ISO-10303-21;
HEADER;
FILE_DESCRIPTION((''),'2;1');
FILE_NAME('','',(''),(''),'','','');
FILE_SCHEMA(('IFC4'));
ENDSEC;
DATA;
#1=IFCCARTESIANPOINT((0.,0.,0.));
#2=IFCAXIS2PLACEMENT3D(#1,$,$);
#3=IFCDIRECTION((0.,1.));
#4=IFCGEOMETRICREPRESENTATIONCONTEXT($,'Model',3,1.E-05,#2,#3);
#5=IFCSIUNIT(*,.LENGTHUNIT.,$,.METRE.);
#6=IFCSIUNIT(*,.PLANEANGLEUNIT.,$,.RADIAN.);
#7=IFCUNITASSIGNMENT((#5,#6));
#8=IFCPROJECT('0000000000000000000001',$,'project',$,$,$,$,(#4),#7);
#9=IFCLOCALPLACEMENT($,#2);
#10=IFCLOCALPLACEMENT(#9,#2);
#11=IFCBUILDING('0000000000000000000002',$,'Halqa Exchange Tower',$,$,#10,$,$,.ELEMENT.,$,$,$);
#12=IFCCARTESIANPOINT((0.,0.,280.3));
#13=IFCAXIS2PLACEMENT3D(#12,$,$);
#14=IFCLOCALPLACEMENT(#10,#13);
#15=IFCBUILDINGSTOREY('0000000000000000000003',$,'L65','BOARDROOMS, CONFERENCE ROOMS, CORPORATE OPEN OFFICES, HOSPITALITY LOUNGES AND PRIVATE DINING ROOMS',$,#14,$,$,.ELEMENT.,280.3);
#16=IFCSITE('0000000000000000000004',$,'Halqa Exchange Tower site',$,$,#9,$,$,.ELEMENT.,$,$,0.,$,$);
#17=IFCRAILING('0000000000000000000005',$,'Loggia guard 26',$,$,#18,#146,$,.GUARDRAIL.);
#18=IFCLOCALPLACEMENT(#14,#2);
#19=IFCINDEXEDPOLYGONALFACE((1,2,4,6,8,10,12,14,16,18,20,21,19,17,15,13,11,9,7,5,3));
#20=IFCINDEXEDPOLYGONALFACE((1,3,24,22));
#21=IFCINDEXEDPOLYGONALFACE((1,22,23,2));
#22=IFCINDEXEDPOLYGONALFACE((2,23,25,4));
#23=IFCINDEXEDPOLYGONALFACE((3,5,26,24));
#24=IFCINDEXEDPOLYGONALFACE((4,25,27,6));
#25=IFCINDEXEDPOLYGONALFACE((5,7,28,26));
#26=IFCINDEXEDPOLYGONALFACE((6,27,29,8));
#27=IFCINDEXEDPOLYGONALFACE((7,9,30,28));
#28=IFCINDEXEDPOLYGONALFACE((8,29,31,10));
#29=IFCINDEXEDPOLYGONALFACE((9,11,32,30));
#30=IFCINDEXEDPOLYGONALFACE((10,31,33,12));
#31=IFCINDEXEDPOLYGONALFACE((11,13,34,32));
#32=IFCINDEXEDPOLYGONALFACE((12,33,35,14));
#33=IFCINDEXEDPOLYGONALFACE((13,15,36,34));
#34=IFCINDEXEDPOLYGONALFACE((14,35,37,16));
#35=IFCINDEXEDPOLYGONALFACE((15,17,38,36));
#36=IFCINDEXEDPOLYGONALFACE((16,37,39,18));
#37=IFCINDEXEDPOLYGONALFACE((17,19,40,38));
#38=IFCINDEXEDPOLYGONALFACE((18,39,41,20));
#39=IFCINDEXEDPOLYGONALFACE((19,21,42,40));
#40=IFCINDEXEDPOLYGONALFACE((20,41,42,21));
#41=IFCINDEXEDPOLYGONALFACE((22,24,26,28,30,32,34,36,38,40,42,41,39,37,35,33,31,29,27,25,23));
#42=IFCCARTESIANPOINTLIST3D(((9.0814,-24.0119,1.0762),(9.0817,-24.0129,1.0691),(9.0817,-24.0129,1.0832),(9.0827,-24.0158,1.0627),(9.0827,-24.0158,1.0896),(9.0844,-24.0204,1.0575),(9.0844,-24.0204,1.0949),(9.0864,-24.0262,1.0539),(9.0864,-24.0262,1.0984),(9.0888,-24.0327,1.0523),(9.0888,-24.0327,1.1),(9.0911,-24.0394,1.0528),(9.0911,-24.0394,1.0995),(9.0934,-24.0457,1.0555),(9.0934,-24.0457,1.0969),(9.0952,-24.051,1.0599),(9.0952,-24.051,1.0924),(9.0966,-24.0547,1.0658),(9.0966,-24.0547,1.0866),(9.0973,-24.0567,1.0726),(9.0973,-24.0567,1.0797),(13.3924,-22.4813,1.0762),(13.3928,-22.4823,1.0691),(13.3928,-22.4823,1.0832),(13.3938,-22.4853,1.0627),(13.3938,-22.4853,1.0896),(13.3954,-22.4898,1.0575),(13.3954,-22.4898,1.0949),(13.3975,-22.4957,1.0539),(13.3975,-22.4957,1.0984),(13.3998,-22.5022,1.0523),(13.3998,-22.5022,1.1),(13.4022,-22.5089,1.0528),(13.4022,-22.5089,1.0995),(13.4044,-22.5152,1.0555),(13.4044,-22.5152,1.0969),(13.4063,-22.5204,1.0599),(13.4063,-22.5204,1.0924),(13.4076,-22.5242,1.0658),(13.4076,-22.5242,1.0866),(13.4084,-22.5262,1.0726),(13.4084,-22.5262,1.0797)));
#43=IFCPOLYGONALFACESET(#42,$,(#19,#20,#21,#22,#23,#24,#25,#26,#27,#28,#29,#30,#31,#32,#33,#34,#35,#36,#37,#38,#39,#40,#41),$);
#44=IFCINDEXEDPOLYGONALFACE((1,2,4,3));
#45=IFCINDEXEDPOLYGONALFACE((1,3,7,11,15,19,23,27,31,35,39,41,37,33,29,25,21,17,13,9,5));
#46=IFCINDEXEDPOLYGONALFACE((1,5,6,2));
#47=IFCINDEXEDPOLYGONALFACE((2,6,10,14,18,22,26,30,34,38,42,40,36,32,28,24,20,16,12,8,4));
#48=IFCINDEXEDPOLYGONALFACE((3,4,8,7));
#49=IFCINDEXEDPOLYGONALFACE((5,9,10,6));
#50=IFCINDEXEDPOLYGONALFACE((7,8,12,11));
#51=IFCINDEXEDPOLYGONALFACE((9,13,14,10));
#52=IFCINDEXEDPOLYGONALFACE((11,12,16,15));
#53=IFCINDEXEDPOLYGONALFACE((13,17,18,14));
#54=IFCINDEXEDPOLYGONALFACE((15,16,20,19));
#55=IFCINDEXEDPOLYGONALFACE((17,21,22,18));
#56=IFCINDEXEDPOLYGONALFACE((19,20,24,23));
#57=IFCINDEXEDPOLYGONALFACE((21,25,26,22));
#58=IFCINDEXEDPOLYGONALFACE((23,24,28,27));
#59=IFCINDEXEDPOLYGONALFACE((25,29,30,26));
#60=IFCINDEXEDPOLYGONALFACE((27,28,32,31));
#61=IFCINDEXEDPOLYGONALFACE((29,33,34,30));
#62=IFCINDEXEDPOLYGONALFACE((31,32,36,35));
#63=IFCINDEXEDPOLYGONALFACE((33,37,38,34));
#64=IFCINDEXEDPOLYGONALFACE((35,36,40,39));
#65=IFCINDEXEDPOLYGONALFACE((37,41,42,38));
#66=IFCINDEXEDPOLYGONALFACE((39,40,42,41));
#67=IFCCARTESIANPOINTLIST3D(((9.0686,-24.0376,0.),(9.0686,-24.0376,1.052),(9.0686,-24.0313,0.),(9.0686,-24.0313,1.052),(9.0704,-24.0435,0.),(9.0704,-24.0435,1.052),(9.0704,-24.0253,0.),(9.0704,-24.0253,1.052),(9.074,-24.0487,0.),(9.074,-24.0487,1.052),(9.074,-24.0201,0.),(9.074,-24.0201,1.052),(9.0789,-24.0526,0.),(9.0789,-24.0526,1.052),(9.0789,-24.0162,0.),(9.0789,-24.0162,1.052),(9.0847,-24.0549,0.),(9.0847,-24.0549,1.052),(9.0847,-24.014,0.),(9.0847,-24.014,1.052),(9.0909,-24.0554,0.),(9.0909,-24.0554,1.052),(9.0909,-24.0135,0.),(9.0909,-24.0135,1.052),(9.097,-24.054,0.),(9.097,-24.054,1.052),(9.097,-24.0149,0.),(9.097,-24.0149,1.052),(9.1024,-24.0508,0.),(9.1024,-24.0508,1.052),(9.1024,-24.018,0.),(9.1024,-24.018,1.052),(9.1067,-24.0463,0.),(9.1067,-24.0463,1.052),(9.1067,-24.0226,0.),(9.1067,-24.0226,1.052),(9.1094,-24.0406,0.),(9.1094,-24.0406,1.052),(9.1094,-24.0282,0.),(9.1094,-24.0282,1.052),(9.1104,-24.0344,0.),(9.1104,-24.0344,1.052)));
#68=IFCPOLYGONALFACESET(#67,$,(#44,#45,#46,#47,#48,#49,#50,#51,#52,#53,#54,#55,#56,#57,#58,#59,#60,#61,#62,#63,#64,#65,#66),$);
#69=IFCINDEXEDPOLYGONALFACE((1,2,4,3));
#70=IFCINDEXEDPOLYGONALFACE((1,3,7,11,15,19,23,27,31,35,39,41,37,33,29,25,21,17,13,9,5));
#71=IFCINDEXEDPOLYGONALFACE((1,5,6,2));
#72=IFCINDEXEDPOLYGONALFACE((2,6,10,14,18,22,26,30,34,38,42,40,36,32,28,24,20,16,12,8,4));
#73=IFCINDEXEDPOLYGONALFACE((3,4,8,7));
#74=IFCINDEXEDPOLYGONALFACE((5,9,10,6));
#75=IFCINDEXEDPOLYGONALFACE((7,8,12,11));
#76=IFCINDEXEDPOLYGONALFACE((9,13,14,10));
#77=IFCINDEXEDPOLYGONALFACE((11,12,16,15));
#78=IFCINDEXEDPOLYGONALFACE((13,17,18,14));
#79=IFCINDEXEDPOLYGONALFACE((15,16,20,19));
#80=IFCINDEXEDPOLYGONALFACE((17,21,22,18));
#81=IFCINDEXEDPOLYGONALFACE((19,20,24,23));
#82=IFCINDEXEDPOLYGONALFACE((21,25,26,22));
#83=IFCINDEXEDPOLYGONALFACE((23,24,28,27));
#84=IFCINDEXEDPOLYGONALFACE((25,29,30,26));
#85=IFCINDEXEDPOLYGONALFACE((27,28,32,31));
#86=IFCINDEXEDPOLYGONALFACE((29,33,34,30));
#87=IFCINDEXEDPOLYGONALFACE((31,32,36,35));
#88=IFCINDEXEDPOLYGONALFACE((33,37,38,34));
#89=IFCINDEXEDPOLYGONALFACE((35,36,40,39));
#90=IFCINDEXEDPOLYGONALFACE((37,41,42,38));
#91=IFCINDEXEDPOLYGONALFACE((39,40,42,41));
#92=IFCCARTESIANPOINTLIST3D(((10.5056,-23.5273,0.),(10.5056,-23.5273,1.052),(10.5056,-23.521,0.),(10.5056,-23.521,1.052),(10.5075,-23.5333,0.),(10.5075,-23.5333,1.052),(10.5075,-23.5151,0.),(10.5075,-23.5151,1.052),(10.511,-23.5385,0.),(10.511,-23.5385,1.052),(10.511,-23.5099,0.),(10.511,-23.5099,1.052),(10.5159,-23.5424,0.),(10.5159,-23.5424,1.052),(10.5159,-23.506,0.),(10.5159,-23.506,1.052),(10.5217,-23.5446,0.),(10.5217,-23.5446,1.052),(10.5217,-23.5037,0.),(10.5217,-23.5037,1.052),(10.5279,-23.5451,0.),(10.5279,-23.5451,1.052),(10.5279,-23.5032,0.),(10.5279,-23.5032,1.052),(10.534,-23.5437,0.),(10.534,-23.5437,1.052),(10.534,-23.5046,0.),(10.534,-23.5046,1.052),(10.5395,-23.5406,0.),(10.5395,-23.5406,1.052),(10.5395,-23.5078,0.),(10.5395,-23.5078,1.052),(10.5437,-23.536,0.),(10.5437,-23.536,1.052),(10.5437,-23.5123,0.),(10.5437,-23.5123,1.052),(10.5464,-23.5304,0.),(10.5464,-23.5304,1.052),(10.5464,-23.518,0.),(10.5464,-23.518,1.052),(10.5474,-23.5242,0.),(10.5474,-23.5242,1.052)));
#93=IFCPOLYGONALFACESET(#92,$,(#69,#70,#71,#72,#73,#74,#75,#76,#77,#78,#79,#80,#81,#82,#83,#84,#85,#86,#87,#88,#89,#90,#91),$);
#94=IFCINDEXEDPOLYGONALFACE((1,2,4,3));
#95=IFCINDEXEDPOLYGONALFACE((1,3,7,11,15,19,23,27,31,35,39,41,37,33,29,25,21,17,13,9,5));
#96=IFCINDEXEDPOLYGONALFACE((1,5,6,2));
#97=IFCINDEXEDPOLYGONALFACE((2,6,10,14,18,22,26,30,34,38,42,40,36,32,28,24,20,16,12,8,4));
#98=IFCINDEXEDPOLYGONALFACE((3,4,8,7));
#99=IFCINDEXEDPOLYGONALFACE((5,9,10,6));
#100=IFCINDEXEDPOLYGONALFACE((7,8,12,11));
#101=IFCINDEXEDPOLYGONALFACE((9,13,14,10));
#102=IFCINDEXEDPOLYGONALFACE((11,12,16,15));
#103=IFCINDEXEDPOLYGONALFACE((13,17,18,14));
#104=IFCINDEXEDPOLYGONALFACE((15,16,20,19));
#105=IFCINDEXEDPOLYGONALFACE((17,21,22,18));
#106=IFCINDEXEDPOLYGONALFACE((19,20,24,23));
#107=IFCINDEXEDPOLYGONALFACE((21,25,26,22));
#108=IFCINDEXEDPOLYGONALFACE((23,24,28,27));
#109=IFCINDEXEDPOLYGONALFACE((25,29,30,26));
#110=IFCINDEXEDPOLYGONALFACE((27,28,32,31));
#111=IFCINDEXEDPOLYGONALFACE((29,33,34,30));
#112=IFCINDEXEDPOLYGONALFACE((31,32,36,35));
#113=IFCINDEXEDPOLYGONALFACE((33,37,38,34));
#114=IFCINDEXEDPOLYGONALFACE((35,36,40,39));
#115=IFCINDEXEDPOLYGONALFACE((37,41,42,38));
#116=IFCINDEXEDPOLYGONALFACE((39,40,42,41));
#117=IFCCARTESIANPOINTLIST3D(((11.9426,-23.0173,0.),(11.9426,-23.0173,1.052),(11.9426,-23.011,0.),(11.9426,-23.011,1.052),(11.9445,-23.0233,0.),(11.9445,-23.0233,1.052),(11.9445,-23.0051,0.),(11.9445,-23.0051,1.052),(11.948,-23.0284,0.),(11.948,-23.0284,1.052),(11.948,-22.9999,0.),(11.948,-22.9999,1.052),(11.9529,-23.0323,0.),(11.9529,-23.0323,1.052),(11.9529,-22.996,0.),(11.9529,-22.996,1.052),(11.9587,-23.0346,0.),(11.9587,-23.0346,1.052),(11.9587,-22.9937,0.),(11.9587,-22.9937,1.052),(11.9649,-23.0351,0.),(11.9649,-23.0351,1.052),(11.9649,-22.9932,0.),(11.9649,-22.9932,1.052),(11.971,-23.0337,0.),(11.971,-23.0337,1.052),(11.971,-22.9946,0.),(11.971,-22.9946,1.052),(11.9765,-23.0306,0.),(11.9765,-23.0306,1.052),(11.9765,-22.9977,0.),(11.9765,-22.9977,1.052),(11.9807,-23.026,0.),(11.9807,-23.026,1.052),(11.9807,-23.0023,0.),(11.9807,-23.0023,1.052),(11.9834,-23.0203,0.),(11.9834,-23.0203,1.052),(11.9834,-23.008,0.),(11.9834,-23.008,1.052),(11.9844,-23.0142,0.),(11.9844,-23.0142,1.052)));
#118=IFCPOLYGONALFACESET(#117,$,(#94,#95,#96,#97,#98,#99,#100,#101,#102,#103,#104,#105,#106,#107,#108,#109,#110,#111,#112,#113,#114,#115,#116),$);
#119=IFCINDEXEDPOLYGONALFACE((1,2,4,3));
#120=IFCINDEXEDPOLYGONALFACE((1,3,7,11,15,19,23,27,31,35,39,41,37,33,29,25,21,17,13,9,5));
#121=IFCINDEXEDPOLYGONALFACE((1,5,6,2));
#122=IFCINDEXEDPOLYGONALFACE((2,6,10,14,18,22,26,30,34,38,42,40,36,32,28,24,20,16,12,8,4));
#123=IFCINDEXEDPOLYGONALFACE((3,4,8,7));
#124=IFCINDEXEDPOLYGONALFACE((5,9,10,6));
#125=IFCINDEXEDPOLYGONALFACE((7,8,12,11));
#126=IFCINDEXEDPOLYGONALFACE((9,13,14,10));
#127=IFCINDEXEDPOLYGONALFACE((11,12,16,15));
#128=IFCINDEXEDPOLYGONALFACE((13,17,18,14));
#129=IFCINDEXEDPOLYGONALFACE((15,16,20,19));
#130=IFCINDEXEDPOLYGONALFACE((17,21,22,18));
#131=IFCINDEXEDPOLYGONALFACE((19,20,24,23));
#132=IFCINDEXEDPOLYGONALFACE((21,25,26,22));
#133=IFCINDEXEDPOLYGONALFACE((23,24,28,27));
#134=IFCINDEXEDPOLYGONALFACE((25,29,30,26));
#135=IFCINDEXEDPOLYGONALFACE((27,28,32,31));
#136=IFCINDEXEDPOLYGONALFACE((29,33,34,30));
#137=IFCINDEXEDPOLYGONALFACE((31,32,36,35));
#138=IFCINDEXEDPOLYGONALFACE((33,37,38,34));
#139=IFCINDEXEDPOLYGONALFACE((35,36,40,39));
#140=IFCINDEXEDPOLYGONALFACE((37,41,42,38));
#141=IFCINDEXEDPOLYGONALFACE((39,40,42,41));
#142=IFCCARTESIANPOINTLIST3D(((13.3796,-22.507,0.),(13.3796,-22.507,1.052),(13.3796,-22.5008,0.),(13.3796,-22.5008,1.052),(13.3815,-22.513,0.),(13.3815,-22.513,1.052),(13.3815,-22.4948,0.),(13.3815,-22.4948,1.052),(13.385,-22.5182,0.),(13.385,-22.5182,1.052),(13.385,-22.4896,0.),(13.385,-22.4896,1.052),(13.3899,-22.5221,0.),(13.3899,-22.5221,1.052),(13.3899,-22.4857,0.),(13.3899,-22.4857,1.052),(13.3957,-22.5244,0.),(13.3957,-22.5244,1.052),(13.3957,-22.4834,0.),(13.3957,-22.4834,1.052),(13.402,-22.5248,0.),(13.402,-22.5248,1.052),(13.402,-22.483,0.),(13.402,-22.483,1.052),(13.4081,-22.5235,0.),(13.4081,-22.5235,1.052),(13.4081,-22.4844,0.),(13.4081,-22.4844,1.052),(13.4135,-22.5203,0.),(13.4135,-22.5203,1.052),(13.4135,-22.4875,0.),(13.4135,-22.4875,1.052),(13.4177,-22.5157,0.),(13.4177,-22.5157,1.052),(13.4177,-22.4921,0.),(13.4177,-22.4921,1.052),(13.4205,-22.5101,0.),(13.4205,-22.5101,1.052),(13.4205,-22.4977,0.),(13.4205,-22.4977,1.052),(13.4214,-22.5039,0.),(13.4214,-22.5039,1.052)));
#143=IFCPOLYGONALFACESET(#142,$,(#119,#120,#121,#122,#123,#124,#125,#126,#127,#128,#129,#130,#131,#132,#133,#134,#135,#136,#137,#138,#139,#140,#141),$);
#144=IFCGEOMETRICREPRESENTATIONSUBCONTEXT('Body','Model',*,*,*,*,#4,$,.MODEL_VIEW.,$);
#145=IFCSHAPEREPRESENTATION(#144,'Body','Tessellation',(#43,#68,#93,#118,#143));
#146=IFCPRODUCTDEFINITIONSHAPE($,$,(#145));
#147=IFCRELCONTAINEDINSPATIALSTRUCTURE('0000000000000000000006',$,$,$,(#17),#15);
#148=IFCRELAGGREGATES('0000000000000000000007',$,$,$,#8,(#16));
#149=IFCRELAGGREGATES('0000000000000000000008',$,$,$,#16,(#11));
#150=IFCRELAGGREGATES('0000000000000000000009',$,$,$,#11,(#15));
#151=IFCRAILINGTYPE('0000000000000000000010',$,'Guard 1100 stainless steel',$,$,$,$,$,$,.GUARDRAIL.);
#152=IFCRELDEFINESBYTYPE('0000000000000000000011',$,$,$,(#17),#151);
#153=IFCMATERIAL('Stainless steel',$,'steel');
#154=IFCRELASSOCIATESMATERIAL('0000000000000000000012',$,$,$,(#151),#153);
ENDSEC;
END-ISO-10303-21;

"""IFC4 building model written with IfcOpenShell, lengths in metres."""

from ifc_helpers import new_model, si_unit, direction, frame, origin, origin_2d, place, context, subcontext, project, spatial, circle, extrude, material, type_object, element, save


model = new_model("IFC4")

# Units and contexts
model_context = context("Model", 3, precision=1e-05, world=origin(), true_north=direction((0.0, 1.0)))
body_context = subcontext(model_context, "Body", "Model", "MODEL_VIEW")
ifc_project = project(units=[si_unit("LENGTHUNIT", "METRE"), si_unit("PLANEANGLEUNIT", "RADIAN")], contexts=[model_context])

# Site, building, storey
site_placement = place(None, origin())
site = spatial("IfcSite", under=ifc_project, at=site_placement, Name="Halqa Exchange Tower site", CompositionType="ELEMENT", RefElevation=0.0)
building_placement = place(site_placement, origin())
building = spatial("IfcBuilding", under=site, at=building_placement, Name="Halqa Exchange Tower", CompositionType="ELEMENT")
storey_placement = place(building_placement, frame((0.0, 0.0, 280.3)))
storey = spatial("IfcBuildingStorey", under=building, at=storey_placement, Name="L65", Description="BOARDROOMS, CONFERENCE ROOMS, CORPORATE OPEN OFFICES, HOSPITALITY LOUNGES AND PRIVATE DINING ROOMS", CompositionType="ELEMENT", Elevation=280.3)

# Railing
ifc_material_1 = material(Name="Stainless steel", Category="steel")
railing_type = type_object("IfcRailingType", Name="Guard 1100 stainless steel", PredefinedType="GUARDRAIL", material=ifc_material_1)
railing_1_placement = place(storey_placement, frame((9.0894, -24.0344, 0.0)))
element("IfcRailing", 1, at=railing_1_placement, inside=storey, type_object=railing_type, Name="Loggia guard 26", PredefinedType="GUARDRAIL", context=body_context, shape_type="SweptSolid", body=[
    extrude(circle(Radius=0.0239, at=origin_2d()), frame((0.0, 0.0, 1.0762), z_axis=(0.942373, 0.334564, 0.0), x_axis=(-0.334564, 0.942373, 0.0)), (0.0, 0.0, 1.0), 4.5747),
    extrude(circle(Radius=0.021, at=origin_2d()), origin(), (0.0, 0.0, 1.0), 1.052),
    extrude(circle(Radius=0.021, at=origin_2d()), frame((1.437, 0.5103, 0.0)), (0.0, 0.0, 1.0), 1.052),
    extrude(circle(Radius=0.021, at=origin_2d()), frame((2.874, 1.0203, 0.0)), (0.0, 0.0, 1.0), 1.052),
    extrude(circle(Radius=0.021, at=origin_2d()), frame((4.311, 1.5305, 0.0)), (0.0, 0.0, 1.0), 1.052),
])

save(model, "model.ifc")
